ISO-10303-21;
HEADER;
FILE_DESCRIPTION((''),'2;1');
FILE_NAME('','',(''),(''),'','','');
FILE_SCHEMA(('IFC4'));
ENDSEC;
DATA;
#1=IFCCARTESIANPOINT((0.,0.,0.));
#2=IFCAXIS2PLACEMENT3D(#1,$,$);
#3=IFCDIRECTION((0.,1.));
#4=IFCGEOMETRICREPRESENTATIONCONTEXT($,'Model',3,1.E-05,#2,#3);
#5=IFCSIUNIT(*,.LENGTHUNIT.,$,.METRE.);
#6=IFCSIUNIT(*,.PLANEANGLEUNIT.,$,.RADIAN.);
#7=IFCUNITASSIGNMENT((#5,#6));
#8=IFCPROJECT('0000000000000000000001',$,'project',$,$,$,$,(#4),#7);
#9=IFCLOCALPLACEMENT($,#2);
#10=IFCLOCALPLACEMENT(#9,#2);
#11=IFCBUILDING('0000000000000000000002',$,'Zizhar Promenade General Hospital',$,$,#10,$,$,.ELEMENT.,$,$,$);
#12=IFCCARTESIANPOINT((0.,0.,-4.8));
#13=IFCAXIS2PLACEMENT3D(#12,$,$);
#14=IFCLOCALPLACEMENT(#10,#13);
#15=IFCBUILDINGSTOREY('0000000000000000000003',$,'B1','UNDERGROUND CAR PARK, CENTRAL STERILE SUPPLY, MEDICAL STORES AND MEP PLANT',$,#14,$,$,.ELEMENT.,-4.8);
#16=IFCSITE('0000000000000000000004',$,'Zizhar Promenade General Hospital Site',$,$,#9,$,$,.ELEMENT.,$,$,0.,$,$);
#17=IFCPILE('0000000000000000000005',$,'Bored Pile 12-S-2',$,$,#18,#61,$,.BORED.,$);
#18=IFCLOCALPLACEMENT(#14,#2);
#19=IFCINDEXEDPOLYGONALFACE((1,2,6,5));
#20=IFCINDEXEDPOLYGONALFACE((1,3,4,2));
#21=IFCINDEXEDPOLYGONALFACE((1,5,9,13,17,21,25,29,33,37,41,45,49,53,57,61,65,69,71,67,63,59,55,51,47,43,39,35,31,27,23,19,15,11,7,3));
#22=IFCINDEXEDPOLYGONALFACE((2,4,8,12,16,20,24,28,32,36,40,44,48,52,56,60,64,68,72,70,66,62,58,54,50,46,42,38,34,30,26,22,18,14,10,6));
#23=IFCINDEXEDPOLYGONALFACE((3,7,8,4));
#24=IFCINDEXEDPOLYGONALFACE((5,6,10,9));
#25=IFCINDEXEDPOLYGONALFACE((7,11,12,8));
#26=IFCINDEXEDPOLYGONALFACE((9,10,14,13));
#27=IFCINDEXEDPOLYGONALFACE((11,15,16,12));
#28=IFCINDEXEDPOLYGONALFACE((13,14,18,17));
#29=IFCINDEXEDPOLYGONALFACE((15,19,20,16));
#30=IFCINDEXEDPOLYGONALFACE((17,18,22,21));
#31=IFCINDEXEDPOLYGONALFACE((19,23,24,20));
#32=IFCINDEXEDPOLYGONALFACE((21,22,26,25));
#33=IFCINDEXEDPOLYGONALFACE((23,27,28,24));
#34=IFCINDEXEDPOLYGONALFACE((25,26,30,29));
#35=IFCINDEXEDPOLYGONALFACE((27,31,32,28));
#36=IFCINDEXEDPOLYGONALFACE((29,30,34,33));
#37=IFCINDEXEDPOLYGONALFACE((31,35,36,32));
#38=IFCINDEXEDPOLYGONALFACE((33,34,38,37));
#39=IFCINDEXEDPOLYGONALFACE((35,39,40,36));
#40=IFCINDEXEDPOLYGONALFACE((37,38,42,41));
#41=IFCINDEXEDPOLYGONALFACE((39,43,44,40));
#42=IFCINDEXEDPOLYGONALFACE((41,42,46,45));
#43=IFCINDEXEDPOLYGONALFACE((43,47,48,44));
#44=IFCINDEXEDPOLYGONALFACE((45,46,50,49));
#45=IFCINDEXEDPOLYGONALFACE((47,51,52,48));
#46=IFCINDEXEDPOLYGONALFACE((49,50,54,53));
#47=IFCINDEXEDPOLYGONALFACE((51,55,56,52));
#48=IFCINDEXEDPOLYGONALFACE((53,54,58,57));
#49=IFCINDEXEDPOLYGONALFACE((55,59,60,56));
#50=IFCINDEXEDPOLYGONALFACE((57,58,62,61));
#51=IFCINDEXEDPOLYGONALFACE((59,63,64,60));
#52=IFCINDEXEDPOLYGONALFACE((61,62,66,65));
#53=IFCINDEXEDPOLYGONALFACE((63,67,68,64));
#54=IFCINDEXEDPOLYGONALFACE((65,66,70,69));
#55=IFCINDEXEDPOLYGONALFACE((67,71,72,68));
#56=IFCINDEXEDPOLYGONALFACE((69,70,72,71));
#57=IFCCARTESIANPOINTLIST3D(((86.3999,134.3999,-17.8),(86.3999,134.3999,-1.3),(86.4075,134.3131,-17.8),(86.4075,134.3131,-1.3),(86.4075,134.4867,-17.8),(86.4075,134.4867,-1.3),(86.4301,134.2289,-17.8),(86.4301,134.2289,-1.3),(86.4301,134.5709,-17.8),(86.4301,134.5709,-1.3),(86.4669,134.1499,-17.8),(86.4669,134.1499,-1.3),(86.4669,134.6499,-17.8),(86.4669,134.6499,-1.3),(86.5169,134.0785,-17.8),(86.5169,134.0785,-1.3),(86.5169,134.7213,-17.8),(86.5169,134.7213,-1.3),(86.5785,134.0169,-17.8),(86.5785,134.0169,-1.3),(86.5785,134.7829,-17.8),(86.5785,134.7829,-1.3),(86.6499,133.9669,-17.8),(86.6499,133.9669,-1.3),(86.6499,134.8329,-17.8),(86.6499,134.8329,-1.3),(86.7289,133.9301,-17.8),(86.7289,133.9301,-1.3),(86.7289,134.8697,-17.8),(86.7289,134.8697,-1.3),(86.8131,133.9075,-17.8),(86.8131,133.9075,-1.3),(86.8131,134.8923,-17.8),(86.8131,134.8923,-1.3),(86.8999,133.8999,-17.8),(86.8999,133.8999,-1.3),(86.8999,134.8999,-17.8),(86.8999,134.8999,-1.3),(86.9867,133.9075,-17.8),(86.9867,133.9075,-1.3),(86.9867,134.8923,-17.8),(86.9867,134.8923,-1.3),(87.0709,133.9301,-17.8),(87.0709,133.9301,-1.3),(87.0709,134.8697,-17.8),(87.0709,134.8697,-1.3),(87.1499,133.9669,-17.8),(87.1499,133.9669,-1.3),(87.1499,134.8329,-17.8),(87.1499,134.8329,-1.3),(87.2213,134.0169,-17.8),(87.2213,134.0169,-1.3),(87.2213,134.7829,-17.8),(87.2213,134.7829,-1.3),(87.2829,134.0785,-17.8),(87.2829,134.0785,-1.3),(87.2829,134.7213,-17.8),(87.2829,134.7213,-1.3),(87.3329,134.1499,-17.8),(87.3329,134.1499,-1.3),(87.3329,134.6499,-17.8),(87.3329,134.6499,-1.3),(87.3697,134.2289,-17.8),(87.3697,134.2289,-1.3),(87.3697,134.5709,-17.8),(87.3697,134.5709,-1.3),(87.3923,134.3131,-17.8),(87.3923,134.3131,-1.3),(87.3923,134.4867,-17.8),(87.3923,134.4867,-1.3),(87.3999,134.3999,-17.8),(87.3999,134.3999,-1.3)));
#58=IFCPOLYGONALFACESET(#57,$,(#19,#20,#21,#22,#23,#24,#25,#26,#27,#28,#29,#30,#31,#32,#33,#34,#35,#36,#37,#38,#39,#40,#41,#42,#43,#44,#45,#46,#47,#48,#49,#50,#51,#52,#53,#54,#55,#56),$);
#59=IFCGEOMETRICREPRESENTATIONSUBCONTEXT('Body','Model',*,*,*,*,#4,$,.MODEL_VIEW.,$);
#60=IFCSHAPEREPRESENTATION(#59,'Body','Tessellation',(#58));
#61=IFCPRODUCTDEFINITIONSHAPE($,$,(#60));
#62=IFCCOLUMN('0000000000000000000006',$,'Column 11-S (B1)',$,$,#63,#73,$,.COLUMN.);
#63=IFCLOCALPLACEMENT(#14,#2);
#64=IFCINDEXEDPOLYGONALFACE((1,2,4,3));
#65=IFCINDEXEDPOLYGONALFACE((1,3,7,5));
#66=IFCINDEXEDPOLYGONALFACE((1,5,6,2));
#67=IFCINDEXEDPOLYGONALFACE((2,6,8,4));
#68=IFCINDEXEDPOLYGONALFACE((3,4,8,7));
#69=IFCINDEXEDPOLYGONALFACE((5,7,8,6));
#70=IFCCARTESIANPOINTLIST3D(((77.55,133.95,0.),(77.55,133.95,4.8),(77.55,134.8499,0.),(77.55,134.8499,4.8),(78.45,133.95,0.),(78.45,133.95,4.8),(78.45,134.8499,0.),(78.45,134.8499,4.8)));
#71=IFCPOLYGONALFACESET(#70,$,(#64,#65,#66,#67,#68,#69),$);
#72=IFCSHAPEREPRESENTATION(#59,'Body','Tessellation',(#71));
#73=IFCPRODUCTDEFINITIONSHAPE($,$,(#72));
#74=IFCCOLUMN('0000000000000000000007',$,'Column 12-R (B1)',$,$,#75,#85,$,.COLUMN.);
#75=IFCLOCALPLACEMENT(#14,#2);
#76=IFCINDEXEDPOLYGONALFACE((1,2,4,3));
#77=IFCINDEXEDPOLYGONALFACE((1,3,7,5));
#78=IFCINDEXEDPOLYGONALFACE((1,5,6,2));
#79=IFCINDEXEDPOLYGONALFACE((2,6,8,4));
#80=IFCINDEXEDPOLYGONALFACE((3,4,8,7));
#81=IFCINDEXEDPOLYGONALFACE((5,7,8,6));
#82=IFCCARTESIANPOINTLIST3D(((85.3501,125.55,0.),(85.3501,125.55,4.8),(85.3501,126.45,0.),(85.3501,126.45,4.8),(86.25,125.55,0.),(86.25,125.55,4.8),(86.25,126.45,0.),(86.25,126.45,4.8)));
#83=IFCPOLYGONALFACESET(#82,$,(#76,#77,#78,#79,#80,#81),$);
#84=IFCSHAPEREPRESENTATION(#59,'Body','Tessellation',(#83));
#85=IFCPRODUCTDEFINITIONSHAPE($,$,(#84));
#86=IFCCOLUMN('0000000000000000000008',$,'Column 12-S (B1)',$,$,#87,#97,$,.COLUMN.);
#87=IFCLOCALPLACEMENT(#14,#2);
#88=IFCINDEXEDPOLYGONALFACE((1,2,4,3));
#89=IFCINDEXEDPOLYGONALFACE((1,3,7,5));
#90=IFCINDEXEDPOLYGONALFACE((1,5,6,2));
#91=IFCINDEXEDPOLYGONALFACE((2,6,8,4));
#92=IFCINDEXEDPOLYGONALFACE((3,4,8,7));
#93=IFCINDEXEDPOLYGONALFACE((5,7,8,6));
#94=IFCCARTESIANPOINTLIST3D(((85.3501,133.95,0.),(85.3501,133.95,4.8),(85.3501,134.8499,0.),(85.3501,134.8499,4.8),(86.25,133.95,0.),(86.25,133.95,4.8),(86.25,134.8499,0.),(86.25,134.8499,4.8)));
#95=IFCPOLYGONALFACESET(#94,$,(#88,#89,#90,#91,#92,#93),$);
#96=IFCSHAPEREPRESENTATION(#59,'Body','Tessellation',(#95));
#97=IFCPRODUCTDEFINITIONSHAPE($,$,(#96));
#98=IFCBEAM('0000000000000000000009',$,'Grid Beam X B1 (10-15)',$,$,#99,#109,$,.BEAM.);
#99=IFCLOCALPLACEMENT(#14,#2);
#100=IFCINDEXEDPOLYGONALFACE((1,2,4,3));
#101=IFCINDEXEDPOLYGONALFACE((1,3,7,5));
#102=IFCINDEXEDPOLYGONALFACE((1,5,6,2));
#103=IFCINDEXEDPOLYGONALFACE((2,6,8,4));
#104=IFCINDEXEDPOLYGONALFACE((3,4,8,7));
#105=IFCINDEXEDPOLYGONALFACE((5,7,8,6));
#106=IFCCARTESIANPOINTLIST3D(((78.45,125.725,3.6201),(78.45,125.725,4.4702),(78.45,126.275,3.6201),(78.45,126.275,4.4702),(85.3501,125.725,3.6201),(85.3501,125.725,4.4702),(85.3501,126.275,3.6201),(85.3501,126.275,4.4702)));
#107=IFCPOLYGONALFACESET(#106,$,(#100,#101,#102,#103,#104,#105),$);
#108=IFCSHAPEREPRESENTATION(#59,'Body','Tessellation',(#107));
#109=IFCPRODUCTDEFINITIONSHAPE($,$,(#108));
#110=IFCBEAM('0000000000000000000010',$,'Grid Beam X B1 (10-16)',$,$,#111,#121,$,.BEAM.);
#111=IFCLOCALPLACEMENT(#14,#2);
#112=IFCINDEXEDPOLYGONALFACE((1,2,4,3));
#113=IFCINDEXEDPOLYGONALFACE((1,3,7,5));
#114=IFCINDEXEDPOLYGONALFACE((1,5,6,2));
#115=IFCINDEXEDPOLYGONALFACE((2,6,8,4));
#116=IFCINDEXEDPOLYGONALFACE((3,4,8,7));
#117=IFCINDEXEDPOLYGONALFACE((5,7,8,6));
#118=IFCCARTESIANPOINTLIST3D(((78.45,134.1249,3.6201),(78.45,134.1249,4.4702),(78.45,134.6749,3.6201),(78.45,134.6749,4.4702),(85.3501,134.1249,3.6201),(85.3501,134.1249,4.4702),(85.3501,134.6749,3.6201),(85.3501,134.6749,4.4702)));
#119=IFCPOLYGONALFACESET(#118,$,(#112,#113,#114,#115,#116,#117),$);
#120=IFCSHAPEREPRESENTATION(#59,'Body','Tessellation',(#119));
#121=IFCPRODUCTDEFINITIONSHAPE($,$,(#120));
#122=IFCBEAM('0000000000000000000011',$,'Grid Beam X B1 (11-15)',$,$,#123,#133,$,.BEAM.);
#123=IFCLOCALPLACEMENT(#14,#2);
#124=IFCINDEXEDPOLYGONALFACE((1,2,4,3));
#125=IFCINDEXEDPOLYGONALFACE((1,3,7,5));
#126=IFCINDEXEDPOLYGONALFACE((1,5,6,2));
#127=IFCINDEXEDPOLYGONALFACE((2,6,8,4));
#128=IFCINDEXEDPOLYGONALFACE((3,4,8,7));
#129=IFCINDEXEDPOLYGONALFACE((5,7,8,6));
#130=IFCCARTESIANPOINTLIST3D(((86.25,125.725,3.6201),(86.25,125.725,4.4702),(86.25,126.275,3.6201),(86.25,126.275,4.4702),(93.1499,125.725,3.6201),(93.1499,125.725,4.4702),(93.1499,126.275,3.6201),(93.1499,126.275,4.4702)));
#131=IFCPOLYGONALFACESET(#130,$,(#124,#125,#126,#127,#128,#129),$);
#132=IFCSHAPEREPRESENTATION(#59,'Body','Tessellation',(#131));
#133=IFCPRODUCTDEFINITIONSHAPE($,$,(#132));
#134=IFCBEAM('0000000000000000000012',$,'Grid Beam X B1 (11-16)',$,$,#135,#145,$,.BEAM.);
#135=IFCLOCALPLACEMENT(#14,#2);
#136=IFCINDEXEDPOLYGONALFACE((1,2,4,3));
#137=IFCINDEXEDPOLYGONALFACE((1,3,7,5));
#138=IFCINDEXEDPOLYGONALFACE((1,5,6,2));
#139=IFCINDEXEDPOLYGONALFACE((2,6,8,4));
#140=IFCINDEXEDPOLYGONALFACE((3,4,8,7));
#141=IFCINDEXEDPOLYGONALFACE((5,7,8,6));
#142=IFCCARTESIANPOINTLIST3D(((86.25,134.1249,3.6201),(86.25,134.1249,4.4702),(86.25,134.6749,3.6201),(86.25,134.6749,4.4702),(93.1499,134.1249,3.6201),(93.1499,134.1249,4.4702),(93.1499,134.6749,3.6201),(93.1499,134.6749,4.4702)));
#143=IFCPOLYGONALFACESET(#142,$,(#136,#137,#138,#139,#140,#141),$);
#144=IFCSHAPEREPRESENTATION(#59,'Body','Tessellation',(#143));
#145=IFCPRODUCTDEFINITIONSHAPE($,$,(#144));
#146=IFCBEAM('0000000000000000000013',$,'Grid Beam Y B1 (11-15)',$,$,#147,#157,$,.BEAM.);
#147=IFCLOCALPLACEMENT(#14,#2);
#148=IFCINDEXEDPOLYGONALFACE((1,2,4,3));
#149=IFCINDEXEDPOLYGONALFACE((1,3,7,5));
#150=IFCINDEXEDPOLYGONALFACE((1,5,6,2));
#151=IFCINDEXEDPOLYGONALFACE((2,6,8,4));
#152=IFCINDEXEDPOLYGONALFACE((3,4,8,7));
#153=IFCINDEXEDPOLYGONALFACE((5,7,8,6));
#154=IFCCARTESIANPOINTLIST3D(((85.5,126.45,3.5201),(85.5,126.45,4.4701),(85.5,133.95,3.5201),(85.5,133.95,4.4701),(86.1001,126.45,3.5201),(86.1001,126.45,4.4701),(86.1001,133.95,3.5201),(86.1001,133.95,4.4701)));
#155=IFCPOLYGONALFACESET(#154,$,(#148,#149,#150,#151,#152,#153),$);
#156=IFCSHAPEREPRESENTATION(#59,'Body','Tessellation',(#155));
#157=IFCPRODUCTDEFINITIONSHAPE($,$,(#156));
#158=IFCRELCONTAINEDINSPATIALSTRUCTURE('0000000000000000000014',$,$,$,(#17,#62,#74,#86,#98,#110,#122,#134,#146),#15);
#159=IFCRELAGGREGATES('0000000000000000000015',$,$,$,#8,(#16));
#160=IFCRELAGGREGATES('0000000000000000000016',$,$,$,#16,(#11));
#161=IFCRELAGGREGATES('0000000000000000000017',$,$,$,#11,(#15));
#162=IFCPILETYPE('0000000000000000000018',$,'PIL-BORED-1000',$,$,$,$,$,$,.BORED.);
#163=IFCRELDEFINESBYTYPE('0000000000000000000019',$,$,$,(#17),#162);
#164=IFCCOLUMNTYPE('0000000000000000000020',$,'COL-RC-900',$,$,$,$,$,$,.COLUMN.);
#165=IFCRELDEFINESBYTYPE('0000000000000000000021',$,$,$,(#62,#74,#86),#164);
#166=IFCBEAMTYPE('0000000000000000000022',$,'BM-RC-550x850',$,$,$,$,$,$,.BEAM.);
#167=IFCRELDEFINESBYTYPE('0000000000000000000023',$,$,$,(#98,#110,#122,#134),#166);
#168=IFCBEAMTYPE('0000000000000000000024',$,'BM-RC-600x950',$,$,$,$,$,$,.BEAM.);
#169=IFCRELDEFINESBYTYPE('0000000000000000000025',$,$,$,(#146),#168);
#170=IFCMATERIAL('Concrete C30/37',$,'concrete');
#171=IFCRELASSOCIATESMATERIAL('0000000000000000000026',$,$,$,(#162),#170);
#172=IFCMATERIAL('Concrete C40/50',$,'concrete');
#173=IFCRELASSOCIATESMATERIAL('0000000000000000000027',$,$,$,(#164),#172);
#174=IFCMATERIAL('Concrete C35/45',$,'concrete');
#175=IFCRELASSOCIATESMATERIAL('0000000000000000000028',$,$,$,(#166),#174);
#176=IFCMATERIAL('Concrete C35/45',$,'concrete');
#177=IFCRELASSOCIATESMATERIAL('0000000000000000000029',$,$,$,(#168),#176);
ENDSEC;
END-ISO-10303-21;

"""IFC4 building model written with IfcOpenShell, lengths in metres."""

from ifc_helpers import new_model, si_unit, direction, frame, origin, origin_2d, place, context, subcontext, project, spatial, rectangle, circle, extrude, material, material_profile, profile_set, type_object, element, save


model = new_model("IFC4")

# Units and contexts
model_context = context("Model", 3, precision=1e-05, world=origin(), true_north=direction((0.0, 1.0)))
body_context = subcontext(model_context, "Body", "Model", "MODEL_VIEW")
ifc_project = project(units=[si_unit("LENGTHUNIT", "METRE"), si_unit("PLANEANGLEUNIT", "RADIAN")], contexts=[model_context])

# Site, building, storey
site_placement = place(None, origin())
site = spatial("IfcSite", under=ifc_project, at=site_placement, Name="Zizhar Promenade General Hospital Site", CompositionType="ELEMENT", RefElevation=0.0)
building_placement = place(site_placement, origin())
building = spatial("IfcBuilding", under=site, at=building_placement, Name="Zizhar Promenade General Hospital", CompositionType="ELEMENT")
storey_placement = place(building_placement, frame((0.0, 0.0, -4.8)))
storey = spatial("IfcBuildingStorey", under=building, at=storey_placement, Name="B1", Description="UNDERGROUND CAR PARK, CENTRAL STERILE SUPPLY, MEDICAL STORES AND MEP PLANT", CompositionType="ELEMENT", Elevation=-4.8)

# Pile
ifc_material_1 = material(Name="Concrete C30/37", Category="concrete")
ifc_material_profile_1 = material_profile(ifc_material_1, circle(Radius=0.5, at=origin_2d()))
ifc_profile_set_1 = profile_set([ifc_material_profile_1], Name="Concrete C30/37")
pile_type = type_object("IfcPileType", Name="PIL-BORED-1000", PredefinedType="BORED", material=ifc_profile_set_1)
for number, where, z_axis, x_axis, name in (
    (1, (86.8999, 134.3999, -1.3), (0.0, 0.0, -1.0), (1.0, 0.0, 0.0), "Bored Pile 12-S-2"),
):
    element("IfcPile", number, at=place(storey_placement, frame(where, z_axis=z_axis, x_axis=x_axis)), inside=storey, type_object=pile_type, Name=name, PredefinedType="BORED", context=body_context, shape_type="SweptSolid", body=[
        extrude(circle(Radius=0.5, at=origin_2d()), origin(), (0.0, 0.0, 1.0), 16.5),
    ])

# Columns
ifc_material_2 = material(Name="Concrete C40/50", Category="concrete")
ifc_material_profile_2 = material_profile(ifc_material_2, rectangle(XDim=0.8999, YDim=0.8999, at=origin_2d()))
ifc_profile_set_2 = profile_set([ifc_material_profile_2], Name="Concrete C40/50")
column_type = type_object("IfcColumnType", Name="COL-RC-900", PredefinedType="COLUMN", material=ifc_profile_set_2)
for number, where, z_axis, x_axis, name in (
    (2, (78.0, 134.3999, 0.0), (0.0, 0.0, 1.0), (1.0, 0.0, 0.0), "Column 11-S (B1)"),
    (3, (85.8, 126.0, 0.0), (0.0, 0.0, 1.0), (1.0, 0.0, 0.0), "Column 12-R (B1)"),
    (4, (85.8, 134.3999, 0.0), (0.0, 0.0, 1.0), (1.0, 0.0, 0.0), "Column 12-S (B1)"),
):
    element("IfcColumn", number, at=place(storey_placement, frame(where, z_axis=z_axis, x_axis=x_axis)), inside=storey, type_object=column_type, Name=name, PredefinedType="COLUMN", context=body_context, shape_type="SweptSolid", body=[
        extrude(rectangle(XDim=0.8999, YDim=0.8999, at=origin_2d()), origin(), (0.0, 0.0, 1.0), 4.8),
    ])

# Beams
ifc_material_3 = material(Name="Concrete C35/45", Category="concrete")
ifc_material_profile_3 = material_profile(ifc_material_3, rectangle(XDim=0.55, YDim=0.8501, at=origin_2d()))
ifc_profile_set_3 = profile_set([ifc_material_profile_3], Name="Concrete C35/45")
beam_type_1 = type_object("IfcBeamType", Name="BM-RC-550x850", PredefinedType="BEAM", material=ifc_profile_set_3)
for number, where, z_axis, x_axis, name in (
    (5, (78.45, 126.0, 4.0452), (1.0, 0.0, 0.0), (0.0, 1.0, 0.0), "Grid Beam X B1 (10-15)"),
    (6, (78.45, 134.3999, 4.0452), (1.0, 0.0, 0.0), (0.0, 1.0, 0.0), "Grid Beam X B1 (10-16)"),
):
    element("IfcBeam", number, at=place(storey_placement, frame(where, z_axis=z_axis, x_axis=x_axis)), inside=storey, type_object=beam_type_1, Name=name, PredefinedType="BEAM", context=body_context, shape_type="SweptSolid", body=[
        extrude(rectangle(XDim=0.55, YDim=0.8501, at=origin_2d()), origin(), (0.0, 0.0, 1.0), 6.9001),
    ])
for number, where, z_axis, x_axis, name in (
    (7, (86.25, 126.0, 4.0452), (1.0, 0.0, 0.0), (0.0, 1.0, 0.0), "Grid Beam X B1 (11-15)"),
    (8, (86.25, 134.3999, 4.0452), (1.0, 0.0, 0.0), (0.0, 1.0, 0.0), "Grid Beam X B1 (11-16)"),
):
    element("IfcBeam", number, at=place(storey_placement, frame(where, z_axis=z_axis, x_axis=x_axis)), inside=storey, type_object=beam_type_1, Name=name, PredefinedType="BEAM", context=body_context, shape_type="SweptSolid", body=[
        extrude(rectangle(XDim=0.55, YDim=0.8501, at=origin_2d()), origin(), (0.0, 0.0, 1.0), 6.8999),
    ])
ifc_material_4 = material(Name="Concrete C35/45", Category="concrete")
ifc_material_profile_4 = material_profile(ifc_material_4, rectangle(XDim=0.6001, YDim=0.95, at=origin_2d()))
ifc_profile_set_4 = profile_set([ifc_material_profile_4], Name="Concrete C35/45")
beam_type_2 = type_object("IfcBeamType", Name="BM-RC-600x950", PredefinedType="BEAM", material=ifc_profile_set_4)
beam_placement = place(storey_placement, frame((85.8, 126.45, 3.9951), z_axis=(0.0, 1.0, 0.0), x_axis=(-1.0, 0.0, 0.0)))
element("IfcBeam", 9, at=beam_placement, inside=storey, type_object=beam_type_2, Name="Grid Beam Y B1 (11-15)", PredefinedType="BEAM", context=body_context, shape_type="SweptSolid", body=[
    extrude(rectangle(XDim=0.6001, YDim=0.95, at=origin_2d()), origin(), (0.0, 0.0, 1.0), 7.5),
])

save(model, "model.ifc")
